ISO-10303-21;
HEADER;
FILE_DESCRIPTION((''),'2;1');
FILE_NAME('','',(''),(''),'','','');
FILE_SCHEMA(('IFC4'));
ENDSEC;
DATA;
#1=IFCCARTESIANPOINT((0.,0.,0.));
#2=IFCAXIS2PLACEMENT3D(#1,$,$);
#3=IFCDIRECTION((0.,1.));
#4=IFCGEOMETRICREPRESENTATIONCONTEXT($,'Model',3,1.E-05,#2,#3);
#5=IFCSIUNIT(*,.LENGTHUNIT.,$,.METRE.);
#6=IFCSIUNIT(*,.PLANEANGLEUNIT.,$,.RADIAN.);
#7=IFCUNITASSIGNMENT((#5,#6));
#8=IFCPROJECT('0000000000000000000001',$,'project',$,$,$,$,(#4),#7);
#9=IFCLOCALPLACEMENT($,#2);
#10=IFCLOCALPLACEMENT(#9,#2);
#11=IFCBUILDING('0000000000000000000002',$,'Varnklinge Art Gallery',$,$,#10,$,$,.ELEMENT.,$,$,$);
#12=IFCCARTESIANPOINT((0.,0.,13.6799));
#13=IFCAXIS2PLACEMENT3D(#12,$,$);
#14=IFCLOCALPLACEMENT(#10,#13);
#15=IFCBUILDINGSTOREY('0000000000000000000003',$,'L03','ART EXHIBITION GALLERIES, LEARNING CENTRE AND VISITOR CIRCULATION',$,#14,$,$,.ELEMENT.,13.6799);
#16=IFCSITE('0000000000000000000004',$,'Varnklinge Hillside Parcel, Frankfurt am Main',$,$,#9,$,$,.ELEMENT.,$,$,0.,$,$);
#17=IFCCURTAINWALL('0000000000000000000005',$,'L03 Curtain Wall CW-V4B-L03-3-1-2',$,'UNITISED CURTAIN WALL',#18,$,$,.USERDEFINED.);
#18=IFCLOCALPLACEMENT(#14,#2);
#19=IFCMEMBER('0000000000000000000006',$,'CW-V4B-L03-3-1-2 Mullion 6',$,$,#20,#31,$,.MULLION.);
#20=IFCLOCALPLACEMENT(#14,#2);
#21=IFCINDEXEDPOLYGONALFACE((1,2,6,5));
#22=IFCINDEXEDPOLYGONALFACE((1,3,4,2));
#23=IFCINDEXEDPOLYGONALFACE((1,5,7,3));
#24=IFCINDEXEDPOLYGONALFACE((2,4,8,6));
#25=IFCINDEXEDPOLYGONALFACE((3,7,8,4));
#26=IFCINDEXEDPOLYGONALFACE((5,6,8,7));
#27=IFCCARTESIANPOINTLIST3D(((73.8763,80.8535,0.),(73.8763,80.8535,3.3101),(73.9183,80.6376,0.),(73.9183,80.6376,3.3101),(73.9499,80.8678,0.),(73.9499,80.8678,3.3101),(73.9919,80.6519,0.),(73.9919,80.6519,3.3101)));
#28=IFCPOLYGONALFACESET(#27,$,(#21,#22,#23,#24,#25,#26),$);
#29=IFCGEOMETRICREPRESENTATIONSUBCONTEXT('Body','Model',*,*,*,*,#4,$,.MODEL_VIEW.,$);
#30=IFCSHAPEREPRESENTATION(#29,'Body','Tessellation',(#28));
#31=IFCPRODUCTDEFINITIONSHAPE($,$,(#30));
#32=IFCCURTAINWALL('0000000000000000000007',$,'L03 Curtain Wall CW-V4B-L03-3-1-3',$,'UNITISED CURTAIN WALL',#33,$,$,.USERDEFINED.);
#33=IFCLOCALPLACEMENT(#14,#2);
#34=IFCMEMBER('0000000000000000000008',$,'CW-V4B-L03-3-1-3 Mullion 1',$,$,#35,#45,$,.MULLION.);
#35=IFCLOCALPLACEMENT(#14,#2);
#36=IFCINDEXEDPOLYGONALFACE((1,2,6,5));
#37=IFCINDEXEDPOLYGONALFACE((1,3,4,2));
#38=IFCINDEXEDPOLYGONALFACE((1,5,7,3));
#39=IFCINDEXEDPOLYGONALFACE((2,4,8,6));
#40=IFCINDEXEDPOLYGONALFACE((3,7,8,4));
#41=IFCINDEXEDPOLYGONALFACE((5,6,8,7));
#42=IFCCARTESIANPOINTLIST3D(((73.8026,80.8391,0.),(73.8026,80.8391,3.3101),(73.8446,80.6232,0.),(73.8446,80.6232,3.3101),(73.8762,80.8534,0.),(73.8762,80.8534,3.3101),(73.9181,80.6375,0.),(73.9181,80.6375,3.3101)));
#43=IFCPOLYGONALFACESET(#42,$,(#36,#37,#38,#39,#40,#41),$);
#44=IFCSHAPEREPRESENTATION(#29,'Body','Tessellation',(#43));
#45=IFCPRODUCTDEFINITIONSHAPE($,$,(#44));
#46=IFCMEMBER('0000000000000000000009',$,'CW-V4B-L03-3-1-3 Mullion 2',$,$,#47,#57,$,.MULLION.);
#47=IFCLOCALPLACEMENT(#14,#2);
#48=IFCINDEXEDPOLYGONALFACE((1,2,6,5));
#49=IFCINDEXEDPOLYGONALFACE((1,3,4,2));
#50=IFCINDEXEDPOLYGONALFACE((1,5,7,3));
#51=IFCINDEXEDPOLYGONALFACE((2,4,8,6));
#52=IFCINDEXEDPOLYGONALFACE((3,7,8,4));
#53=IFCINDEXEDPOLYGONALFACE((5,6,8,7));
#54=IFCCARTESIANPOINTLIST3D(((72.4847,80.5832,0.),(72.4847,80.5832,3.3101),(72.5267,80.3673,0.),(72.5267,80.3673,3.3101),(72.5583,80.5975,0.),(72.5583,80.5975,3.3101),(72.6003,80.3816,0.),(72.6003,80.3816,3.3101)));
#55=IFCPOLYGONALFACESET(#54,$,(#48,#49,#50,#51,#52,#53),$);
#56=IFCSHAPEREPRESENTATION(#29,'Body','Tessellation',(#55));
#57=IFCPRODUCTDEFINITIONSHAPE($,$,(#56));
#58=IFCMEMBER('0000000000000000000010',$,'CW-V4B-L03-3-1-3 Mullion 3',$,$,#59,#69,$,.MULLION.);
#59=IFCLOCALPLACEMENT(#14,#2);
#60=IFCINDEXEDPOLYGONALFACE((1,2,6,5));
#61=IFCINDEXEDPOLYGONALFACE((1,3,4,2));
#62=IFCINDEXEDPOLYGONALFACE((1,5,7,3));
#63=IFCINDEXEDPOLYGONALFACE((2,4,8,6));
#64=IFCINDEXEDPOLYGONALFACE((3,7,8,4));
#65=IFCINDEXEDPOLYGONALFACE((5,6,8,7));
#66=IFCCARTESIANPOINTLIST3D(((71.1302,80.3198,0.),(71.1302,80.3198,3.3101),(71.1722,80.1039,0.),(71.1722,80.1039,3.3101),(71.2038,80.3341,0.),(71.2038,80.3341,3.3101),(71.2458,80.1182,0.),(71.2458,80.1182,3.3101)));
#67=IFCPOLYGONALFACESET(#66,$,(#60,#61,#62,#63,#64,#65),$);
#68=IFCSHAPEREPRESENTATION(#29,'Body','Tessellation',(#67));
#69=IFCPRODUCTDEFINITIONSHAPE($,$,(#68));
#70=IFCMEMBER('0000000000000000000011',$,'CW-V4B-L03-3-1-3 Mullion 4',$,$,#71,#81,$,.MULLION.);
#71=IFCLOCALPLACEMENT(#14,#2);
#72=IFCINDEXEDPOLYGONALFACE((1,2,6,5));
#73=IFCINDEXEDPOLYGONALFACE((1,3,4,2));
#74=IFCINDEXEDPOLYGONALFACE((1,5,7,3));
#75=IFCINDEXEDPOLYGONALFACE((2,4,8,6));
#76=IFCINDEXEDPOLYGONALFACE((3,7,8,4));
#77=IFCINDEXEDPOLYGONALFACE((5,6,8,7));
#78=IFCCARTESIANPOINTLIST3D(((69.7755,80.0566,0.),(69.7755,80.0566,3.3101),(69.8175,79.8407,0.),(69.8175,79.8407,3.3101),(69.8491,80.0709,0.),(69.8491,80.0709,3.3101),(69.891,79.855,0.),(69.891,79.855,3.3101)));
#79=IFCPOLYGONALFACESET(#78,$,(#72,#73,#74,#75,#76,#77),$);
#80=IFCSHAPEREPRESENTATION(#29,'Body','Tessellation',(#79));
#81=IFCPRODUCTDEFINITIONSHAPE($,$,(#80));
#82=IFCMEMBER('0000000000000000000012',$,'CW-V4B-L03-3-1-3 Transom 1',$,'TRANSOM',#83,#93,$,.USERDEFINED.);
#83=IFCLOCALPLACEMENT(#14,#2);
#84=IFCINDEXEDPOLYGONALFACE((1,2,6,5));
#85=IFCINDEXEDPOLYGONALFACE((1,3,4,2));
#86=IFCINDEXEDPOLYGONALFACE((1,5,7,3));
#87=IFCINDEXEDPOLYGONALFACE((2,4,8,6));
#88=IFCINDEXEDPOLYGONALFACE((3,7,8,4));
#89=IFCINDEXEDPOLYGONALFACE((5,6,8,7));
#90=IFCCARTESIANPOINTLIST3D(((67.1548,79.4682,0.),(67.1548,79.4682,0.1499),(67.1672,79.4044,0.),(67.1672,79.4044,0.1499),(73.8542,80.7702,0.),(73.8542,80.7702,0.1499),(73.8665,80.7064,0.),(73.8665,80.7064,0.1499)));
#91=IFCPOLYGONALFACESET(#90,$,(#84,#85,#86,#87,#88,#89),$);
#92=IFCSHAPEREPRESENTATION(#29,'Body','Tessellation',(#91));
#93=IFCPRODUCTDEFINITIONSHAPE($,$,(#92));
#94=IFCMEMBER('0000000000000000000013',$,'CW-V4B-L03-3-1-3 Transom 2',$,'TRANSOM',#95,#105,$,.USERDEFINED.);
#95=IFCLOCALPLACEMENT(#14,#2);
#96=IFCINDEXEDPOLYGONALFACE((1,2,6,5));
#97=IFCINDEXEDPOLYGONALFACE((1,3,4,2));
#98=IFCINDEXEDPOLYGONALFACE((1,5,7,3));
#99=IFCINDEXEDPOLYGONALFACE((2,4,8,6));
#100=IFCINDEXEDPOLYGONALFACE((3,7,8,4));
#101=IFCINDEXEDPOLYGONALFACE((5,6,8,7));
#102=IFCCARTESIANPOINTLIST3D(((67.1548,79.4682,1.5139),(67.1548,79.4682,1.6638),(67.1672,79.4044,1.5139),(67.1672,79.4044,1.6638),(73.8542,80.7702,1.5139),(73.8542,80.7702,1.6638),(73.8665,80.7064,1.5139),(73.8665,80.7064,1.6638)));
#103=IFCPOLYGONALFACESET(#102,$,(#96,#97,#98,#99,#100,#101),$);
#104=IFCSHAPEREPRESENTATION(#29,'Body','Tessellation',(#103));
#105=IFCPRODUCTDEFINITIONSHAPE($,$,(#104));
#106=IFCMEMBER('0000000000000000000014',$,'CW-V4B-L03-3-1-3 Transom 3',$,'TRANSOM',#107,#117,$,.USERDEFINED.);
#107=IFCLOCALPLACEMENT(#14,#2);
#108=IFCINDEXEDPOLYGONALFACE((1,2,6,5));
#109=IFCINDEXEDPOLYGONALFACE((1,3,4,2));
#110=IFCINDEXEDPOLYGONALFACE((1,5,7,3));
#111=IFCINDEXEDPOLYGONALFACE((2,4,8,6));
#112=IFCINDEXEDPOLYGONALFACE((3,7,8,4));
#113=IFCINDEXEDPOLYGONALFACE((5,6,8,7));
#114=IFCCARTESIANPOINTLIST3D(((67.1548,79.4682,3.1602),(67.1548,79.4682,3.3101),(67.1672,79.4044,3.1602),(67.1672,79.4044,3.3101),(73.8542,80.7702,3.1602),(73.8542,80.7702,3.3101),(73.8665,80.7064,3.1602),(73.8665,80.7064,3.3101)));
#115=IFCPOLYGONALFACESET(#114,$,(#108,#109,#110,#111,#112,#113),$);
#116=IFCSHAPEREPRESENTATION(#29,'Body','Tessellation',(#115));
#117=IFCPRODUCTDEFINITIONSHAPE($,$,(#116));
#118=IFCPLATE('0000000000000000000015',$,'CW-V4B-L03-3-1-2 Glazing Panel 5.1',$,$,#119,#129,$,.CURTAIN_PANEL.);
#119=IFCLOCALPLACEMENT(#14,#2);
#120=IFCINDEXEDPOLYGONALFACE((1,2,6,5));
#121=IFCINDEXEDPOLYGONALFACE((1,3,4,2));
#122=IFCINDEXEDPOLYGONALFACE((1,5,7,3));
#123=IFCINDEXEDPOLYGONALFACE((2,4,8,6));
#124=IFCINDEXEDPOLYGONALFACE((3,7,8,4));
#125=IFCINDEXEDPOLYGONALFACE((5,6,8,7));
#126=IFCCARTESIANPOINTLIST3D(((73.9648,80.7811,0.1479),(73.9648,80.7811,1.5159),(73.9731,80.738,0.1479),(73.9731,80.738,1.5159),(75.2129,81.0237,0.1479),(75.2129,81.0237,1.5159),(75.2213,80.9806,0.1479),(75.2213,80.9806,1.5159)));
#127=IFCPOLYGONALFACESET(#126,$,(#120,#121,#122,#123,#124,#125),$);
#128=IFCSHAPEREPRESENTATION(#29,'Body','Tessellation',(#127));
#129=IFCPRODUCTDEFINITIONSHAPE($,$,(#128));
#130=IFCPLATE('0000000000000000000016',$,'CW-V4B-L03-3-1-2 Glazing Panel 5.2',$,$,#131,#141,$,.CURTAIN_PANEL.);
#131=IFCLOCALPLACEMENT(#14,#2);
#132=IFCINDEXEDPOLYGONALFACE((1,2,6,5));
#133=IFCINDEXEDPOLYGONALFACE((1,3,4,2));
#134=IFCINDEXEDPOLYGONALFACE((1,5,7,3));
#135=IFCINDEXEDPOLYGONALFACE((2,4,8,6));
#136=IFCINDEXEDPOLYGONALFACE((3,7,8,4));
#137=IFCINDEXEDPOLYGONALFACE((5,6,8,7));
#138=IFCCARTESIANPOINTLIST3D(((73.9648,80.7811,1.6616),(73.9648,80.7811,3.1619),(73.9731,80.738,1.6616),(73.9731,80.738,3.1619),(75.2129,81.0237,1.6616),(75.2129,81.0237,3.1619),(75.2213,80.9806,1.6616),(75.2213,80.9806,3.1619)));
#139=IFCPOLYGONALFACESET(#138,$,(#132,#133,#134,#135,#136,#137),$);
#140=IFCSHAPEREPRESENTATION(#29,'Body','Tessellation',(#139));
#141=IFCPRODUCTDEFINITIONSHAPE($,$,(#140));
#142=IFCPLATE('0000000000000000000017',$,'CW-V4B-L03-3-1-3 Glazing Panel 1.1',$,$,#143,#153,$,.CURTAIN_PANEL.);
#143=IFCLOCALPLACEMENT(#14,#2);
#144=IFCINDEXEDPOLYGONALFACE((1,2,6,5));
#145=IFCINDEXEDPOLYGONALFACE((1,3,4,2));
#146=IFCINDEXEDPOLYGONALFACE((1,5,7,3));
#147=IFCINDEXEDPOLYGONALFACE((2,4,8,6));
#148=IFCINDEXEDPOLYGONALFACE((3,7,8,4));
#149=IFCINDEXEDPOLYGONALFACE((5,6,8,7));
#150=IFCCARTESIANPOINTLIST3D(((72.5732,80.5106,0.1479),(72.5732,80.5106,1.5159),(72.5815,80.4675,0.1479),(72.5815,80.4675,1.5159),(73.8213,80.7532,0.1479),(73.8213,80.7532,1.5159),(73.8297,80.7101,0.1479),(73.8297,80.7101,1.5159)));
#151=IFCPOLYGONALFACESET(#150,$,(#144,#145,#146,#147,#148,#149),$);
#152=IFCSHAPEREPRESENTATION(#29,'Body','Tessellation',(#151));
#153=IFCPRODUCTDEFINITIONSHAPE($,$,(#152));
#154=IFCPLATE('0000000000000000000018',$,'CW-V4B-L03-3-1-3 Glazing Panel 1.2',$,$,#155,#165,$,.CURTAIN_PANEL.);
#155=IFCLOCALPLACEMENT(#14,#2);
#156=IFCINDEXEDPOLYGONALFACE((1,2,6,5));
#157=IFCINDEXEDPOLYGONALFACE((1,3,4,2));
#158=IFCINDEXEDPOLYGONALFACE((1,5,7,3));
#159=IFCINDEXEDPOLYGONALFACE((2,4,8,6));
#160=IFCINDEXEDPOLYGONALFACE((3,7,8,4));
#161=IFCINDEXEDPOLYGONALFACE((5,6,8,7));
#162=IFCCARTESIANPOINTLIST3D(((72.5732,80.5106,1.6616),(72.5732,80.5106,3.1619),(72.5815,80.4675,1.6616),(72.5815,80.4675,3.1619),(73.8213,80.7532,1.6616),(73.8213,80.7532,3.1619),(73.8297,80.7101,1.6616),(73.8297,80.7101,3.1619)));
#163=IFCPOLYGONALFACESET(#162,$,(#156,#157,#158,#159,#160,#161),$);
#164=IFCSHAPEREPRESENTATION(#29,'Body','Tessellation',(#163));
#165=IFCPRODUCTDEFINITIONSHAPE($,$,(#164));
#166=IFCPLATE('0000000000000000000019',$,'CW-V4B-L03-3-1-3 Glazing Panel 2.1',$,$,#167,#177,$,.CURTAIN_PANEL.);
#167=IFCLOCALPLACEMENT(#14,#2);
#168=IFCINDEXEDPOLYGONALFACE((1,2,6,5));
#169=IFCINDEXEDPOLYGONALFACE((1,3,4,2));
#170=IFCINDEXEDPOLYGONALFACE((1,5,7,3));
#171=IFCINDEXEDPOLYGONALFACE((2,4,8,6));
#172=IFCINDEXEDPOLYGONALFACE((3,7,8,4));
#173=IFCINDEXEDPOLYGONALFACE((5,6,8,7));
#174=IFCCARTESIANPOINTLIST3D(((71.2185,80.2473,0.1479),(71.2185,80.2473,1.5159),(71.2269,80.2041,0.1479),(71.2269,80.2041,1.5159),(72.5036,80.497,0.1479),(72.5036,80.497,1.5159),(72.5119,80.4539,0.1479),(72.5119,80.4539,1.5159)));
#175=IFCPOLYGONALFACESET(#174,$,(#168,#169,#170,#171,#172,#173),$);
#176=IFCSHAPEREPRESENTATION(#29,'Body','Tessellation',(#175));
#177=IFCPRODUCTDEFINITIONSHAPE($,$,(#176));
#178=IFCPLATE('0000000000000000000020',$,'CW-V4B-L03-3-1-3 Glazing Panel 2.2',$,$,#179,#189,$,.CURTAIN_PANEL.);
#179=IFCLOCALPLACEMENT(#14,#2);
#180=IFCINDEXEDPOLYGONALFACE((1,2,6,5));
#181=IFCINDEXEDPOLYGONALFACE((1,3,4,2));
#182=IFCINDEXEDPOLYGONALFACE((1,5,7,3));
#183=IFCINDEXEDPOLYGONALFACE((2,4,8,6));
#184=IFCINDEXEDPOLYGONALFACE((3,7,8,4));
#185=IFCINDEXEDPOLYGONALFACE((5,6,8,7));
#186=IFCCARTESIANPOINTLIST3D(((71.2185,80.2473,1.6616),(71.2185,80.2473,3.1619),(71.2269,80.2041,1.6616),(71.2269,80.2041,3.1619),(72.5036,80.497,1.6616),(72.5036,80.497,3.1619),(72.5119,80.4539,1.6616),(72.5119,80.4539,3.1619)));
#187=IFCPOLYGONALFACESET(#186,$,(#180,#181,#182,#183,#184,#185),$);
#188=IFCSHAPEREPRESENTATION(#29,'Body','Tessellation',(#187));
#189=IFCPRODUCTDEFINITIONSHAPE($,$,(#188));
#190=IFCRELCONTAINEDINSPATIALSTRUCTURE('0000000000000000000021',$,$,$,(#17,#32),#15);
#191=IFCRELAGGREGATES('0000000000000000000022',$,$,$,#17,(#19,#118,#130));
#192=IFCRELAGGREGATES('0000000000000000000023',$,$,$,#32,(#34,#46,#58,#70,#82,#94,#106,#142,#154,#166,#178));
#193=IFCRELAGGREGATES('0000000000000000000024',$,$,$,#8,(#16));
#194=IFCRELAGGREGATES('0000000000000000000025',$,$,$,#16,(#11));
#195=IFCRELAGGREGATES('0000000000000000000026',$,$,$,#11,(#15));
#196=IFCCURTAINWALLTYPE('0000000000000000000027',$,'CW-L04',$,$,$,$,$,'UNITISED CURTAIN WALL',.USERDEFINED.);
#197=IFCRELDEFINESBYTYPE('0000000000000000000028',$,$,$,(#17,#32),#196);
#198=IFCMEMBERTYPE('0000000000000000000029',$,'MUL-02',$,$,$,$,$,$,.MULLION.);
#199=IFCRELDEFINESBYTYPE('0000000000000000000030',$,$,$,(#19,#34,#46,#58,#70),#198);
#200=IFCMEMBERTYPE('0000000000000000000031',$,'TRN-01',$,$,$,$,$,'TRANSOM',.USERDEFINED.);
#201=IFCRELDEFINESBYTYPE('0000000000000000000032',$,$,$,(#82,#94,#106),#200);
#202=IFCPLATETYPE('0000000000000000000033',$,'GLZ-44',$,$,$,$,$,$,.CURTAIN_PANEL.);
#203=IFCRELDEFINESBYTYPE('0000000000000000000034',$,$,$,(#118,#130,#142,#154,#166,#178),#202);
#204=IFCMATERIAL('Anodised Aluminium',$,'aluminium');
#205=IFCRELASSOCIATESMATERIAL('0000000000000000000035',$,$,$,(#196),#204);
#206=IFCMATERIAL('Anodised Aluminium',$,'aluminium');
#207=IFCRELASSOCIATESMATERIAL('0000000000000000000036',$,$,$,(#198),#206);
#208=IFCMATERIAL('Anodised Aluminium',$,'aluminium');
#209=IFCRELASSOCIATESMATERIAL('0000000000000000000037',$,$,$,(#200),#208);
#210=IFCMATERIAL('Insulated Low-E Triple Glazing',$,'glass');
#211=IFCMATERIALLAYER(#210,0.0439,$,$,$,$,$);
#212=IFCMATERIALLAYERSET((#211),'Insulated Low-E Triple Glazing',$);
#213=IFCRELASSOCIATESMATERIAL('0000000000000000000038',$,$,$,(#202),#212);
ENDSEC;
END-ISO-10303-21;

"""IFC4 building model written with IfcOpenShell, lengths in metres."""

from ifc_helpers import new_model, si_unit, direction, frame, origin, origin_2d, place, context, subcontext, project, spatial, rectangle, extrude, material, layer, layer_set, material_profile, profile_set, type_object, element, aggregate, save


model = new_model("IFC4")

# Units and contexts
model_context = context("Model", 3, precision=1e-05, world=origin(), true_north=direction((0.0, 1.0)))
body_context = subcontext(model_context, "Body", "Model", "MODEL_VIEW")
ifc_project = project(units=[si_unit("LENGTHUNIT", "METRE"), si_unit("PLANEANGLEUNIT", "RADIAN")], contexts=[model_context])

# Site, building, storey
site_placement = place(None, origin())
site = spatial("IfcSite", under=ifc_project, at=site_placement, Name="Varnklinge Hillside Parcel, Frankfurt am Main", CompositionType="ELEMENT", RefElevation=0.0)
building_placement = place(site_placement, origin())
building = spatial("IfcBuilding", under=site, at=building_placement, Name="Varnklinge Art Gallery", CompositionType="ELEMENT")
storey_placement = place(building_placement, frame((0.0, 0.0, 13.6799)))
storey = spatial("IfcBuildingStorey", under=building, at=storey_placement, Name="L03", Description="ART EXHIBITION GALLERIES, LEARNING CENTRE AND VISITOR CIRCULATION", CompositionType="ELEMENT", Elevation=13.6799)

# Curtain wall, member
ifc_material_1 = material(Name="Anodised Aluminium", Category="aluminium")
curtain_wall_type = type_object("IfcCurtainWallType", Name="CW-L04", ElementType="UNITISED CURTAIN WALL", PredefinedType="USERDEFINED", material=ifc_material_1)
curtain_wall_1_placement = place(storey_placement, origin())
curtain_wall_1 = element("IfcCurtainWall", 1, at=curtain_wall_1_placement, inside=storey, type_object=curtain_wall_type, Name="L03 Curtain Wall CW-V4B-L03-3-1-2", ObjectType="UNITISED CURTAIN WALL", PredefinedType="USERDEFINED")
ifc_material_2 = material(Name="Anodised Aluminium", Category="aluminium")
ifc_material_profile_1 = material_profile(ifc_material_2, rectangle(XDim=0.075, YDim=0.22, at=origin_2d()), Name="ALU 75x220")
ifc_profile_set_1 = profile_set([ifc_material_profile_1], Name="Anodised Aluminium")
member_type_1 = type_object("IfcMemberType", Name="MUL-02", PredefinedType="MULLION", material=ifc_profile_set_1)
member_1_placement = place(storey_placement, frame((73.9341, 80.7527, 0.0), z_axis=(0.0, 0.0, 1.0), x_axis=(-0.981627, -0.190809, 0.0)))
member_1 = element("IfcMember", 2, at=member_1_placement, type_object=member_type_1, Name="CW-V4B-L03-3-1-2 Mullion 6", PredefinedType="MULLION", context=body_context, shape_type="SweptSolid", body=[
    extrude(rectangle(XDim=0.075, YDim=0.22, at=origin_2d()), origin(), (0.0, 0.0, 1.0), 3.3101),
])

# Curtain wall, members
curtain_wall_2_placement = place(storey_placement, origin())
curtain_wall_2 = element("IfcCurtainWall", 3, at=curtain_wall_2_placement, inside=storey, type_object=curtain_wall_type, Name="L03 Curtain Wall CW-V4B-L03-3-1-3", ObjectType="UNITISED CURTAIN WALL", PredefinedType="USERDEFINED")
member_2_placement = place(storey_placement, frame((73.8604, 80.7383, 0.0), z_axis=(0.0, 0.0, 1.0), x_axis=(-0.981627, -0.190809, 0.0)))
member_2 = element("IfcMember", 4, at=member_2_placement, type_object=member_type_1, Name="CW-V4B-L03-3-1-3 Mullion 1", PredefinedType="MULLION", context=body_context, shape_type="SweptSolid", body=[
    extrude(rectangle(XDim=0.075, YDim=0.22, at=origin_2d()), origin(), (0.0, 0.0, 1.0), 3.3101),
])
member_3_placement = place(storey_placement, frame((72.5425, 80.4824, 0.0), z_axis=(0.0, 0.0, 1.0), x_axis=(-0.981627, -0.190809, 0.0)))
member_3 = element("IfcMember", 5, at=member_3_placement, type_object=member_type_1, Name="CW-V4B-L03-3-1-3 Mullion 2", PredefinedType="MULLION", context=body_context, shape_type="SweptSolid", body=[
    extrude(rectangle(XDim=0.075, YDim=0.22, at=origin_2d()), origin(), (0.0, 0.0, 1.0), 3.3101),
])
member_4_placement = place(storey_placement, frame((71.188, 80.219, 0.0), z_axis=(0.0, 0.0, 1.0), x_axis=(-0.981627, -0.190809, 0.0)))
member_4 = element("IfcMember", 6, at=member_4_placement, type_object=member_type_1, Name="CW-V4B-L03-3-1-3 Mullion 3", PredefinedType="MULLION", context=body_context, shape_type="SweptSolid", body=[
    extrude(rectangle(XDim=0.075, YDim=0.22, at=origin_2d()), origin(), (0.0, 0.0, 1.0), 3.3101),
])
member_5_placement = place(storey_placement, frame((69.8333, 79.9558, 0.0), z_axis=(0.0, 0.0, 1.0), x_axis=(-0.981627, -0.190809, 0.0)))
member_5 = element("IfcMember", 7, at=member_5_placement, type_object=member_type_1, Name="CW-V4B-L03-3-1-3 Mullion 4", PredefinedType="MULLION", context=body_context, shape_type="SweptSolid", body=[
    extrude(rectangle(XDim=0.075, YDim=0.22, at=origin_2d()), origin(), (0.0, 0.0, 1.0), 3.3101),
])
ifc_material_3 = material(Name="Anodised Aluminium", Category="aluminium")
ifc_material_profile_2 = material_profile(ifc_material_3, rectangle(XDim=0.0649, YDim=0.1499, at=origin_2d()), Name="ALU 65x150")
ifc_profile_set_2 = profile_set([ifc_material_profile_2], Name="Anodised Aluminium")
member_type_2 = type_object("IfcMemberType", Name="TRN-01", ElementType="TRANSOM", PredefinedType="USERDEFINED", material=ifc_profile_set_2)
member_6_placement = place(storey_placement, frame((73.8604, 80.7383, 0.075), z_axis=(-0.981634, -0.190775, 0.0), x_axis=(0.190775, -0.981634, 0.0)))
member_6 = element("IfcMember", 8, at=member_6_placement, type_object=member_type_2, Name="CW-V4B-L03-3-1-3 Transom 1", ObjectType="TRANSOM", PredefinedType="USERDEFINED", context=body_context, shape_type="SweptSolid", body=[
    extrude(rectangle(XDim=0.0649, YDim=0.1499, at=origin_2d()), origin(), (0.0, 0.0, 1.0), 6.8247),
])
member_7_placement = place(storey_placement, frame((73.8604, 80.7383, 1.5889), z_axis=(-0.981634, -0.190775, 0.0), x_axis=(0.190775, -0.981634, 0.0)))
member_7 = element("IfcMember", 9, at=member_7_placement, type_object=member_type_2, Name="CW-V4B-L03-3-1-3 Transom 2", ObjectType="TRANSOM", PredefinedType="USERDEFINED", context=body_context, shape_type="SweptSolid", body=[
    extrude(rectangle(XDim=0.0649, YDim=0.1499, at=origin_2d()), origin(), (0.0, 0.0, 1.0), 6.8247),
])
member_8_placement = place(storey_placement, frame((73.8604, 80.7383, 3.2351), z_axis=(-0.981634, -0.190775, 0.0), x_axis=(0.190775, -0.981634, 0.0)))
member_8 = element("IfcMember", 10, at=member_8_placement, type_object=member_type_2, Name="CW-V4B-L03-3-1-3 Transom 3", ObjectType="TRANSOM", PredefinedType="USERDEFINED", context=body_context, shape_type="SweptSolid", body=[
    extrude(rectangle(XDim=0.0649, YDim=0.1499, at=origin_2d()), origin(), (0.0, 0.0, 1.0), 6.8247),
])

# Plates
ifc_material_4 = material(Name="Insulated Low-E Triple Glazing", Category="glass")
ifc_layer_1 = layer(ifc_material_4, 0.0439)
ifc_layer_set_1 = layer_set([ifc_layer_1], Name="Insulated Low-E Triple Glazing")
plate_type = type_object("IfcPlateType", Name="GLZ-44", PredefinedType="CURTAIN_PANEL", material=ifc_layer_set_1)
plate_1_placement = place(storey_placement, frame((74.593, 80.8809, 0.1479), z_axis=(0.0, 0.0, 1.0), x_axis=(-0.981627, -0.190809, 0.0)))
plate_1 = element("IfcPlate", 11, at=plate_1_placement, type_object=plate_type, Name="CW-V4B-L03-3-1-2 Glazing Panel 5.1", PredefinedType="CURTAIN_PANEL", context=body_context, shape_type="SweptSolid", body=[
    extrude(rectangle(XDim=1.2715, YDim=0.0439, at=origin_2d()), origin(), (0.0, 0.0, 1.0), 1.3679),
])
plate_2_placement = place(storey_placement, frame((74.593, 80.8809, 1.6616), z_axis=(0.0, 0.0, 1.0), x_axis=(-0.981627, -0.190809, 0.0)))
plate_2 = element("IfcPlate", 12, at=plate_2_placement, type_object=plate_type, Name="CW-V4B-L03-3-1-2 Glazing Panel 5.2", PredefinedType="CURTAIN_PANEL", context=body_context, shape_type="SweptSolid", body=[
    extrude(rectangle(XDim=1.2715, YDim=0.0439, at=origin_2d()), origin(), (0.0, 0.0, 1.0), 1.5002),
])
aggregate(curtain_wall_1, [member_1, plate_1, plate_2])
plate_3_placement = place(storey_placement, frame((73.2014, 80.6104, 0.1479), z_axis=(0.0, 0.0, 1.0), x_axis=(-0.981627, -0.190809, 0.0)))
plate_3 = element("IfcPlate", 13, at=plate_3_placement, type_object=plate_type, Name="CW-V4B-L03-3-1-3 Glazing Panel 1.1", PredefinedType="CURTAIN_PANEL", context=body_context, shape_type="SweptSolid", body=[
    extrude(rectangle(XDim=1.2715, YDim=0.0439, at=origin_2d()), origin(), (0.0, 0.0, 1.0), 1.3679),
])
plate_4_placement = place(storey_placement, frame((73.2014, 80.6104, 1.6616), z_axis=(0.0, 0.0, 1.0), x_axis=(-0.981627, -0.190809, 0.0)))
plate_4 = element("IfcPlate", 14, at=plate_4_placement, type_object=plate_type, Name="CW-V4B-L03-3-1-3 Glazing Panel 1.2", PredefinedType="CURTAIN_PANEL", context=body_context, shape_type="SweptSolid", body=[
    extrude(rectangle(XDim=1.2715, YDim=0.0439, at=origin_2d()), origin(), (0.0, 0.0, 1.0), 1.5002),
])
plate_5_placement = place(storey_placement, frame((71.8652, 80.3506, 0.1479), z_axis=(0.0, 0.0, 1.0), x_axis=(-0.981627, -0.190809, 0.0)))
plate_5 = element("IfcPlate", 15, at=plate_5_placement, type_object=plate_type, Name="CW-V4B-L03-3-1-3 Glazing Panel 2.1", PredefinedType="CURTAIN_PANEL", context=body_context, shape_type="SweptSolid", body=[
    extrude(rectangle(XDim=1.3091, YDim=0.0439, at=origin_2d()), origin(), (0.0, 0.0, 1.0), 1.3679),
])
plate_6_placement = place(storey_placement, frame((71.8652, 80.3506, 1.6616), z_axis=(0.0, 0.0, 1.0), x_axis=(-0.981627, -0.190809, 0.0)))
plate_6 = element("IfcPlate", 16, at=plate_6_placement, type_object=plate_type, Name="CW-V4B-L03-3-1-3 Glazing Panel 2.2", PredefinedType="CURTAIN_PANEL", context=body_context, shape_type="SweptSolid", body=[
    extrude(rectangle(XDim=1.3091, YDim=0.0439, at=origin_2d()), origin(), (0.0, 0.0, 1.0), 1.5002),
])
aggregate(curtain_wall_2, [member_2, member_3, member_4, member_5, member_6, member_7, member_8, plate_3, plate_4, plate_5, plate_6])

save(model, "model.ifc")
